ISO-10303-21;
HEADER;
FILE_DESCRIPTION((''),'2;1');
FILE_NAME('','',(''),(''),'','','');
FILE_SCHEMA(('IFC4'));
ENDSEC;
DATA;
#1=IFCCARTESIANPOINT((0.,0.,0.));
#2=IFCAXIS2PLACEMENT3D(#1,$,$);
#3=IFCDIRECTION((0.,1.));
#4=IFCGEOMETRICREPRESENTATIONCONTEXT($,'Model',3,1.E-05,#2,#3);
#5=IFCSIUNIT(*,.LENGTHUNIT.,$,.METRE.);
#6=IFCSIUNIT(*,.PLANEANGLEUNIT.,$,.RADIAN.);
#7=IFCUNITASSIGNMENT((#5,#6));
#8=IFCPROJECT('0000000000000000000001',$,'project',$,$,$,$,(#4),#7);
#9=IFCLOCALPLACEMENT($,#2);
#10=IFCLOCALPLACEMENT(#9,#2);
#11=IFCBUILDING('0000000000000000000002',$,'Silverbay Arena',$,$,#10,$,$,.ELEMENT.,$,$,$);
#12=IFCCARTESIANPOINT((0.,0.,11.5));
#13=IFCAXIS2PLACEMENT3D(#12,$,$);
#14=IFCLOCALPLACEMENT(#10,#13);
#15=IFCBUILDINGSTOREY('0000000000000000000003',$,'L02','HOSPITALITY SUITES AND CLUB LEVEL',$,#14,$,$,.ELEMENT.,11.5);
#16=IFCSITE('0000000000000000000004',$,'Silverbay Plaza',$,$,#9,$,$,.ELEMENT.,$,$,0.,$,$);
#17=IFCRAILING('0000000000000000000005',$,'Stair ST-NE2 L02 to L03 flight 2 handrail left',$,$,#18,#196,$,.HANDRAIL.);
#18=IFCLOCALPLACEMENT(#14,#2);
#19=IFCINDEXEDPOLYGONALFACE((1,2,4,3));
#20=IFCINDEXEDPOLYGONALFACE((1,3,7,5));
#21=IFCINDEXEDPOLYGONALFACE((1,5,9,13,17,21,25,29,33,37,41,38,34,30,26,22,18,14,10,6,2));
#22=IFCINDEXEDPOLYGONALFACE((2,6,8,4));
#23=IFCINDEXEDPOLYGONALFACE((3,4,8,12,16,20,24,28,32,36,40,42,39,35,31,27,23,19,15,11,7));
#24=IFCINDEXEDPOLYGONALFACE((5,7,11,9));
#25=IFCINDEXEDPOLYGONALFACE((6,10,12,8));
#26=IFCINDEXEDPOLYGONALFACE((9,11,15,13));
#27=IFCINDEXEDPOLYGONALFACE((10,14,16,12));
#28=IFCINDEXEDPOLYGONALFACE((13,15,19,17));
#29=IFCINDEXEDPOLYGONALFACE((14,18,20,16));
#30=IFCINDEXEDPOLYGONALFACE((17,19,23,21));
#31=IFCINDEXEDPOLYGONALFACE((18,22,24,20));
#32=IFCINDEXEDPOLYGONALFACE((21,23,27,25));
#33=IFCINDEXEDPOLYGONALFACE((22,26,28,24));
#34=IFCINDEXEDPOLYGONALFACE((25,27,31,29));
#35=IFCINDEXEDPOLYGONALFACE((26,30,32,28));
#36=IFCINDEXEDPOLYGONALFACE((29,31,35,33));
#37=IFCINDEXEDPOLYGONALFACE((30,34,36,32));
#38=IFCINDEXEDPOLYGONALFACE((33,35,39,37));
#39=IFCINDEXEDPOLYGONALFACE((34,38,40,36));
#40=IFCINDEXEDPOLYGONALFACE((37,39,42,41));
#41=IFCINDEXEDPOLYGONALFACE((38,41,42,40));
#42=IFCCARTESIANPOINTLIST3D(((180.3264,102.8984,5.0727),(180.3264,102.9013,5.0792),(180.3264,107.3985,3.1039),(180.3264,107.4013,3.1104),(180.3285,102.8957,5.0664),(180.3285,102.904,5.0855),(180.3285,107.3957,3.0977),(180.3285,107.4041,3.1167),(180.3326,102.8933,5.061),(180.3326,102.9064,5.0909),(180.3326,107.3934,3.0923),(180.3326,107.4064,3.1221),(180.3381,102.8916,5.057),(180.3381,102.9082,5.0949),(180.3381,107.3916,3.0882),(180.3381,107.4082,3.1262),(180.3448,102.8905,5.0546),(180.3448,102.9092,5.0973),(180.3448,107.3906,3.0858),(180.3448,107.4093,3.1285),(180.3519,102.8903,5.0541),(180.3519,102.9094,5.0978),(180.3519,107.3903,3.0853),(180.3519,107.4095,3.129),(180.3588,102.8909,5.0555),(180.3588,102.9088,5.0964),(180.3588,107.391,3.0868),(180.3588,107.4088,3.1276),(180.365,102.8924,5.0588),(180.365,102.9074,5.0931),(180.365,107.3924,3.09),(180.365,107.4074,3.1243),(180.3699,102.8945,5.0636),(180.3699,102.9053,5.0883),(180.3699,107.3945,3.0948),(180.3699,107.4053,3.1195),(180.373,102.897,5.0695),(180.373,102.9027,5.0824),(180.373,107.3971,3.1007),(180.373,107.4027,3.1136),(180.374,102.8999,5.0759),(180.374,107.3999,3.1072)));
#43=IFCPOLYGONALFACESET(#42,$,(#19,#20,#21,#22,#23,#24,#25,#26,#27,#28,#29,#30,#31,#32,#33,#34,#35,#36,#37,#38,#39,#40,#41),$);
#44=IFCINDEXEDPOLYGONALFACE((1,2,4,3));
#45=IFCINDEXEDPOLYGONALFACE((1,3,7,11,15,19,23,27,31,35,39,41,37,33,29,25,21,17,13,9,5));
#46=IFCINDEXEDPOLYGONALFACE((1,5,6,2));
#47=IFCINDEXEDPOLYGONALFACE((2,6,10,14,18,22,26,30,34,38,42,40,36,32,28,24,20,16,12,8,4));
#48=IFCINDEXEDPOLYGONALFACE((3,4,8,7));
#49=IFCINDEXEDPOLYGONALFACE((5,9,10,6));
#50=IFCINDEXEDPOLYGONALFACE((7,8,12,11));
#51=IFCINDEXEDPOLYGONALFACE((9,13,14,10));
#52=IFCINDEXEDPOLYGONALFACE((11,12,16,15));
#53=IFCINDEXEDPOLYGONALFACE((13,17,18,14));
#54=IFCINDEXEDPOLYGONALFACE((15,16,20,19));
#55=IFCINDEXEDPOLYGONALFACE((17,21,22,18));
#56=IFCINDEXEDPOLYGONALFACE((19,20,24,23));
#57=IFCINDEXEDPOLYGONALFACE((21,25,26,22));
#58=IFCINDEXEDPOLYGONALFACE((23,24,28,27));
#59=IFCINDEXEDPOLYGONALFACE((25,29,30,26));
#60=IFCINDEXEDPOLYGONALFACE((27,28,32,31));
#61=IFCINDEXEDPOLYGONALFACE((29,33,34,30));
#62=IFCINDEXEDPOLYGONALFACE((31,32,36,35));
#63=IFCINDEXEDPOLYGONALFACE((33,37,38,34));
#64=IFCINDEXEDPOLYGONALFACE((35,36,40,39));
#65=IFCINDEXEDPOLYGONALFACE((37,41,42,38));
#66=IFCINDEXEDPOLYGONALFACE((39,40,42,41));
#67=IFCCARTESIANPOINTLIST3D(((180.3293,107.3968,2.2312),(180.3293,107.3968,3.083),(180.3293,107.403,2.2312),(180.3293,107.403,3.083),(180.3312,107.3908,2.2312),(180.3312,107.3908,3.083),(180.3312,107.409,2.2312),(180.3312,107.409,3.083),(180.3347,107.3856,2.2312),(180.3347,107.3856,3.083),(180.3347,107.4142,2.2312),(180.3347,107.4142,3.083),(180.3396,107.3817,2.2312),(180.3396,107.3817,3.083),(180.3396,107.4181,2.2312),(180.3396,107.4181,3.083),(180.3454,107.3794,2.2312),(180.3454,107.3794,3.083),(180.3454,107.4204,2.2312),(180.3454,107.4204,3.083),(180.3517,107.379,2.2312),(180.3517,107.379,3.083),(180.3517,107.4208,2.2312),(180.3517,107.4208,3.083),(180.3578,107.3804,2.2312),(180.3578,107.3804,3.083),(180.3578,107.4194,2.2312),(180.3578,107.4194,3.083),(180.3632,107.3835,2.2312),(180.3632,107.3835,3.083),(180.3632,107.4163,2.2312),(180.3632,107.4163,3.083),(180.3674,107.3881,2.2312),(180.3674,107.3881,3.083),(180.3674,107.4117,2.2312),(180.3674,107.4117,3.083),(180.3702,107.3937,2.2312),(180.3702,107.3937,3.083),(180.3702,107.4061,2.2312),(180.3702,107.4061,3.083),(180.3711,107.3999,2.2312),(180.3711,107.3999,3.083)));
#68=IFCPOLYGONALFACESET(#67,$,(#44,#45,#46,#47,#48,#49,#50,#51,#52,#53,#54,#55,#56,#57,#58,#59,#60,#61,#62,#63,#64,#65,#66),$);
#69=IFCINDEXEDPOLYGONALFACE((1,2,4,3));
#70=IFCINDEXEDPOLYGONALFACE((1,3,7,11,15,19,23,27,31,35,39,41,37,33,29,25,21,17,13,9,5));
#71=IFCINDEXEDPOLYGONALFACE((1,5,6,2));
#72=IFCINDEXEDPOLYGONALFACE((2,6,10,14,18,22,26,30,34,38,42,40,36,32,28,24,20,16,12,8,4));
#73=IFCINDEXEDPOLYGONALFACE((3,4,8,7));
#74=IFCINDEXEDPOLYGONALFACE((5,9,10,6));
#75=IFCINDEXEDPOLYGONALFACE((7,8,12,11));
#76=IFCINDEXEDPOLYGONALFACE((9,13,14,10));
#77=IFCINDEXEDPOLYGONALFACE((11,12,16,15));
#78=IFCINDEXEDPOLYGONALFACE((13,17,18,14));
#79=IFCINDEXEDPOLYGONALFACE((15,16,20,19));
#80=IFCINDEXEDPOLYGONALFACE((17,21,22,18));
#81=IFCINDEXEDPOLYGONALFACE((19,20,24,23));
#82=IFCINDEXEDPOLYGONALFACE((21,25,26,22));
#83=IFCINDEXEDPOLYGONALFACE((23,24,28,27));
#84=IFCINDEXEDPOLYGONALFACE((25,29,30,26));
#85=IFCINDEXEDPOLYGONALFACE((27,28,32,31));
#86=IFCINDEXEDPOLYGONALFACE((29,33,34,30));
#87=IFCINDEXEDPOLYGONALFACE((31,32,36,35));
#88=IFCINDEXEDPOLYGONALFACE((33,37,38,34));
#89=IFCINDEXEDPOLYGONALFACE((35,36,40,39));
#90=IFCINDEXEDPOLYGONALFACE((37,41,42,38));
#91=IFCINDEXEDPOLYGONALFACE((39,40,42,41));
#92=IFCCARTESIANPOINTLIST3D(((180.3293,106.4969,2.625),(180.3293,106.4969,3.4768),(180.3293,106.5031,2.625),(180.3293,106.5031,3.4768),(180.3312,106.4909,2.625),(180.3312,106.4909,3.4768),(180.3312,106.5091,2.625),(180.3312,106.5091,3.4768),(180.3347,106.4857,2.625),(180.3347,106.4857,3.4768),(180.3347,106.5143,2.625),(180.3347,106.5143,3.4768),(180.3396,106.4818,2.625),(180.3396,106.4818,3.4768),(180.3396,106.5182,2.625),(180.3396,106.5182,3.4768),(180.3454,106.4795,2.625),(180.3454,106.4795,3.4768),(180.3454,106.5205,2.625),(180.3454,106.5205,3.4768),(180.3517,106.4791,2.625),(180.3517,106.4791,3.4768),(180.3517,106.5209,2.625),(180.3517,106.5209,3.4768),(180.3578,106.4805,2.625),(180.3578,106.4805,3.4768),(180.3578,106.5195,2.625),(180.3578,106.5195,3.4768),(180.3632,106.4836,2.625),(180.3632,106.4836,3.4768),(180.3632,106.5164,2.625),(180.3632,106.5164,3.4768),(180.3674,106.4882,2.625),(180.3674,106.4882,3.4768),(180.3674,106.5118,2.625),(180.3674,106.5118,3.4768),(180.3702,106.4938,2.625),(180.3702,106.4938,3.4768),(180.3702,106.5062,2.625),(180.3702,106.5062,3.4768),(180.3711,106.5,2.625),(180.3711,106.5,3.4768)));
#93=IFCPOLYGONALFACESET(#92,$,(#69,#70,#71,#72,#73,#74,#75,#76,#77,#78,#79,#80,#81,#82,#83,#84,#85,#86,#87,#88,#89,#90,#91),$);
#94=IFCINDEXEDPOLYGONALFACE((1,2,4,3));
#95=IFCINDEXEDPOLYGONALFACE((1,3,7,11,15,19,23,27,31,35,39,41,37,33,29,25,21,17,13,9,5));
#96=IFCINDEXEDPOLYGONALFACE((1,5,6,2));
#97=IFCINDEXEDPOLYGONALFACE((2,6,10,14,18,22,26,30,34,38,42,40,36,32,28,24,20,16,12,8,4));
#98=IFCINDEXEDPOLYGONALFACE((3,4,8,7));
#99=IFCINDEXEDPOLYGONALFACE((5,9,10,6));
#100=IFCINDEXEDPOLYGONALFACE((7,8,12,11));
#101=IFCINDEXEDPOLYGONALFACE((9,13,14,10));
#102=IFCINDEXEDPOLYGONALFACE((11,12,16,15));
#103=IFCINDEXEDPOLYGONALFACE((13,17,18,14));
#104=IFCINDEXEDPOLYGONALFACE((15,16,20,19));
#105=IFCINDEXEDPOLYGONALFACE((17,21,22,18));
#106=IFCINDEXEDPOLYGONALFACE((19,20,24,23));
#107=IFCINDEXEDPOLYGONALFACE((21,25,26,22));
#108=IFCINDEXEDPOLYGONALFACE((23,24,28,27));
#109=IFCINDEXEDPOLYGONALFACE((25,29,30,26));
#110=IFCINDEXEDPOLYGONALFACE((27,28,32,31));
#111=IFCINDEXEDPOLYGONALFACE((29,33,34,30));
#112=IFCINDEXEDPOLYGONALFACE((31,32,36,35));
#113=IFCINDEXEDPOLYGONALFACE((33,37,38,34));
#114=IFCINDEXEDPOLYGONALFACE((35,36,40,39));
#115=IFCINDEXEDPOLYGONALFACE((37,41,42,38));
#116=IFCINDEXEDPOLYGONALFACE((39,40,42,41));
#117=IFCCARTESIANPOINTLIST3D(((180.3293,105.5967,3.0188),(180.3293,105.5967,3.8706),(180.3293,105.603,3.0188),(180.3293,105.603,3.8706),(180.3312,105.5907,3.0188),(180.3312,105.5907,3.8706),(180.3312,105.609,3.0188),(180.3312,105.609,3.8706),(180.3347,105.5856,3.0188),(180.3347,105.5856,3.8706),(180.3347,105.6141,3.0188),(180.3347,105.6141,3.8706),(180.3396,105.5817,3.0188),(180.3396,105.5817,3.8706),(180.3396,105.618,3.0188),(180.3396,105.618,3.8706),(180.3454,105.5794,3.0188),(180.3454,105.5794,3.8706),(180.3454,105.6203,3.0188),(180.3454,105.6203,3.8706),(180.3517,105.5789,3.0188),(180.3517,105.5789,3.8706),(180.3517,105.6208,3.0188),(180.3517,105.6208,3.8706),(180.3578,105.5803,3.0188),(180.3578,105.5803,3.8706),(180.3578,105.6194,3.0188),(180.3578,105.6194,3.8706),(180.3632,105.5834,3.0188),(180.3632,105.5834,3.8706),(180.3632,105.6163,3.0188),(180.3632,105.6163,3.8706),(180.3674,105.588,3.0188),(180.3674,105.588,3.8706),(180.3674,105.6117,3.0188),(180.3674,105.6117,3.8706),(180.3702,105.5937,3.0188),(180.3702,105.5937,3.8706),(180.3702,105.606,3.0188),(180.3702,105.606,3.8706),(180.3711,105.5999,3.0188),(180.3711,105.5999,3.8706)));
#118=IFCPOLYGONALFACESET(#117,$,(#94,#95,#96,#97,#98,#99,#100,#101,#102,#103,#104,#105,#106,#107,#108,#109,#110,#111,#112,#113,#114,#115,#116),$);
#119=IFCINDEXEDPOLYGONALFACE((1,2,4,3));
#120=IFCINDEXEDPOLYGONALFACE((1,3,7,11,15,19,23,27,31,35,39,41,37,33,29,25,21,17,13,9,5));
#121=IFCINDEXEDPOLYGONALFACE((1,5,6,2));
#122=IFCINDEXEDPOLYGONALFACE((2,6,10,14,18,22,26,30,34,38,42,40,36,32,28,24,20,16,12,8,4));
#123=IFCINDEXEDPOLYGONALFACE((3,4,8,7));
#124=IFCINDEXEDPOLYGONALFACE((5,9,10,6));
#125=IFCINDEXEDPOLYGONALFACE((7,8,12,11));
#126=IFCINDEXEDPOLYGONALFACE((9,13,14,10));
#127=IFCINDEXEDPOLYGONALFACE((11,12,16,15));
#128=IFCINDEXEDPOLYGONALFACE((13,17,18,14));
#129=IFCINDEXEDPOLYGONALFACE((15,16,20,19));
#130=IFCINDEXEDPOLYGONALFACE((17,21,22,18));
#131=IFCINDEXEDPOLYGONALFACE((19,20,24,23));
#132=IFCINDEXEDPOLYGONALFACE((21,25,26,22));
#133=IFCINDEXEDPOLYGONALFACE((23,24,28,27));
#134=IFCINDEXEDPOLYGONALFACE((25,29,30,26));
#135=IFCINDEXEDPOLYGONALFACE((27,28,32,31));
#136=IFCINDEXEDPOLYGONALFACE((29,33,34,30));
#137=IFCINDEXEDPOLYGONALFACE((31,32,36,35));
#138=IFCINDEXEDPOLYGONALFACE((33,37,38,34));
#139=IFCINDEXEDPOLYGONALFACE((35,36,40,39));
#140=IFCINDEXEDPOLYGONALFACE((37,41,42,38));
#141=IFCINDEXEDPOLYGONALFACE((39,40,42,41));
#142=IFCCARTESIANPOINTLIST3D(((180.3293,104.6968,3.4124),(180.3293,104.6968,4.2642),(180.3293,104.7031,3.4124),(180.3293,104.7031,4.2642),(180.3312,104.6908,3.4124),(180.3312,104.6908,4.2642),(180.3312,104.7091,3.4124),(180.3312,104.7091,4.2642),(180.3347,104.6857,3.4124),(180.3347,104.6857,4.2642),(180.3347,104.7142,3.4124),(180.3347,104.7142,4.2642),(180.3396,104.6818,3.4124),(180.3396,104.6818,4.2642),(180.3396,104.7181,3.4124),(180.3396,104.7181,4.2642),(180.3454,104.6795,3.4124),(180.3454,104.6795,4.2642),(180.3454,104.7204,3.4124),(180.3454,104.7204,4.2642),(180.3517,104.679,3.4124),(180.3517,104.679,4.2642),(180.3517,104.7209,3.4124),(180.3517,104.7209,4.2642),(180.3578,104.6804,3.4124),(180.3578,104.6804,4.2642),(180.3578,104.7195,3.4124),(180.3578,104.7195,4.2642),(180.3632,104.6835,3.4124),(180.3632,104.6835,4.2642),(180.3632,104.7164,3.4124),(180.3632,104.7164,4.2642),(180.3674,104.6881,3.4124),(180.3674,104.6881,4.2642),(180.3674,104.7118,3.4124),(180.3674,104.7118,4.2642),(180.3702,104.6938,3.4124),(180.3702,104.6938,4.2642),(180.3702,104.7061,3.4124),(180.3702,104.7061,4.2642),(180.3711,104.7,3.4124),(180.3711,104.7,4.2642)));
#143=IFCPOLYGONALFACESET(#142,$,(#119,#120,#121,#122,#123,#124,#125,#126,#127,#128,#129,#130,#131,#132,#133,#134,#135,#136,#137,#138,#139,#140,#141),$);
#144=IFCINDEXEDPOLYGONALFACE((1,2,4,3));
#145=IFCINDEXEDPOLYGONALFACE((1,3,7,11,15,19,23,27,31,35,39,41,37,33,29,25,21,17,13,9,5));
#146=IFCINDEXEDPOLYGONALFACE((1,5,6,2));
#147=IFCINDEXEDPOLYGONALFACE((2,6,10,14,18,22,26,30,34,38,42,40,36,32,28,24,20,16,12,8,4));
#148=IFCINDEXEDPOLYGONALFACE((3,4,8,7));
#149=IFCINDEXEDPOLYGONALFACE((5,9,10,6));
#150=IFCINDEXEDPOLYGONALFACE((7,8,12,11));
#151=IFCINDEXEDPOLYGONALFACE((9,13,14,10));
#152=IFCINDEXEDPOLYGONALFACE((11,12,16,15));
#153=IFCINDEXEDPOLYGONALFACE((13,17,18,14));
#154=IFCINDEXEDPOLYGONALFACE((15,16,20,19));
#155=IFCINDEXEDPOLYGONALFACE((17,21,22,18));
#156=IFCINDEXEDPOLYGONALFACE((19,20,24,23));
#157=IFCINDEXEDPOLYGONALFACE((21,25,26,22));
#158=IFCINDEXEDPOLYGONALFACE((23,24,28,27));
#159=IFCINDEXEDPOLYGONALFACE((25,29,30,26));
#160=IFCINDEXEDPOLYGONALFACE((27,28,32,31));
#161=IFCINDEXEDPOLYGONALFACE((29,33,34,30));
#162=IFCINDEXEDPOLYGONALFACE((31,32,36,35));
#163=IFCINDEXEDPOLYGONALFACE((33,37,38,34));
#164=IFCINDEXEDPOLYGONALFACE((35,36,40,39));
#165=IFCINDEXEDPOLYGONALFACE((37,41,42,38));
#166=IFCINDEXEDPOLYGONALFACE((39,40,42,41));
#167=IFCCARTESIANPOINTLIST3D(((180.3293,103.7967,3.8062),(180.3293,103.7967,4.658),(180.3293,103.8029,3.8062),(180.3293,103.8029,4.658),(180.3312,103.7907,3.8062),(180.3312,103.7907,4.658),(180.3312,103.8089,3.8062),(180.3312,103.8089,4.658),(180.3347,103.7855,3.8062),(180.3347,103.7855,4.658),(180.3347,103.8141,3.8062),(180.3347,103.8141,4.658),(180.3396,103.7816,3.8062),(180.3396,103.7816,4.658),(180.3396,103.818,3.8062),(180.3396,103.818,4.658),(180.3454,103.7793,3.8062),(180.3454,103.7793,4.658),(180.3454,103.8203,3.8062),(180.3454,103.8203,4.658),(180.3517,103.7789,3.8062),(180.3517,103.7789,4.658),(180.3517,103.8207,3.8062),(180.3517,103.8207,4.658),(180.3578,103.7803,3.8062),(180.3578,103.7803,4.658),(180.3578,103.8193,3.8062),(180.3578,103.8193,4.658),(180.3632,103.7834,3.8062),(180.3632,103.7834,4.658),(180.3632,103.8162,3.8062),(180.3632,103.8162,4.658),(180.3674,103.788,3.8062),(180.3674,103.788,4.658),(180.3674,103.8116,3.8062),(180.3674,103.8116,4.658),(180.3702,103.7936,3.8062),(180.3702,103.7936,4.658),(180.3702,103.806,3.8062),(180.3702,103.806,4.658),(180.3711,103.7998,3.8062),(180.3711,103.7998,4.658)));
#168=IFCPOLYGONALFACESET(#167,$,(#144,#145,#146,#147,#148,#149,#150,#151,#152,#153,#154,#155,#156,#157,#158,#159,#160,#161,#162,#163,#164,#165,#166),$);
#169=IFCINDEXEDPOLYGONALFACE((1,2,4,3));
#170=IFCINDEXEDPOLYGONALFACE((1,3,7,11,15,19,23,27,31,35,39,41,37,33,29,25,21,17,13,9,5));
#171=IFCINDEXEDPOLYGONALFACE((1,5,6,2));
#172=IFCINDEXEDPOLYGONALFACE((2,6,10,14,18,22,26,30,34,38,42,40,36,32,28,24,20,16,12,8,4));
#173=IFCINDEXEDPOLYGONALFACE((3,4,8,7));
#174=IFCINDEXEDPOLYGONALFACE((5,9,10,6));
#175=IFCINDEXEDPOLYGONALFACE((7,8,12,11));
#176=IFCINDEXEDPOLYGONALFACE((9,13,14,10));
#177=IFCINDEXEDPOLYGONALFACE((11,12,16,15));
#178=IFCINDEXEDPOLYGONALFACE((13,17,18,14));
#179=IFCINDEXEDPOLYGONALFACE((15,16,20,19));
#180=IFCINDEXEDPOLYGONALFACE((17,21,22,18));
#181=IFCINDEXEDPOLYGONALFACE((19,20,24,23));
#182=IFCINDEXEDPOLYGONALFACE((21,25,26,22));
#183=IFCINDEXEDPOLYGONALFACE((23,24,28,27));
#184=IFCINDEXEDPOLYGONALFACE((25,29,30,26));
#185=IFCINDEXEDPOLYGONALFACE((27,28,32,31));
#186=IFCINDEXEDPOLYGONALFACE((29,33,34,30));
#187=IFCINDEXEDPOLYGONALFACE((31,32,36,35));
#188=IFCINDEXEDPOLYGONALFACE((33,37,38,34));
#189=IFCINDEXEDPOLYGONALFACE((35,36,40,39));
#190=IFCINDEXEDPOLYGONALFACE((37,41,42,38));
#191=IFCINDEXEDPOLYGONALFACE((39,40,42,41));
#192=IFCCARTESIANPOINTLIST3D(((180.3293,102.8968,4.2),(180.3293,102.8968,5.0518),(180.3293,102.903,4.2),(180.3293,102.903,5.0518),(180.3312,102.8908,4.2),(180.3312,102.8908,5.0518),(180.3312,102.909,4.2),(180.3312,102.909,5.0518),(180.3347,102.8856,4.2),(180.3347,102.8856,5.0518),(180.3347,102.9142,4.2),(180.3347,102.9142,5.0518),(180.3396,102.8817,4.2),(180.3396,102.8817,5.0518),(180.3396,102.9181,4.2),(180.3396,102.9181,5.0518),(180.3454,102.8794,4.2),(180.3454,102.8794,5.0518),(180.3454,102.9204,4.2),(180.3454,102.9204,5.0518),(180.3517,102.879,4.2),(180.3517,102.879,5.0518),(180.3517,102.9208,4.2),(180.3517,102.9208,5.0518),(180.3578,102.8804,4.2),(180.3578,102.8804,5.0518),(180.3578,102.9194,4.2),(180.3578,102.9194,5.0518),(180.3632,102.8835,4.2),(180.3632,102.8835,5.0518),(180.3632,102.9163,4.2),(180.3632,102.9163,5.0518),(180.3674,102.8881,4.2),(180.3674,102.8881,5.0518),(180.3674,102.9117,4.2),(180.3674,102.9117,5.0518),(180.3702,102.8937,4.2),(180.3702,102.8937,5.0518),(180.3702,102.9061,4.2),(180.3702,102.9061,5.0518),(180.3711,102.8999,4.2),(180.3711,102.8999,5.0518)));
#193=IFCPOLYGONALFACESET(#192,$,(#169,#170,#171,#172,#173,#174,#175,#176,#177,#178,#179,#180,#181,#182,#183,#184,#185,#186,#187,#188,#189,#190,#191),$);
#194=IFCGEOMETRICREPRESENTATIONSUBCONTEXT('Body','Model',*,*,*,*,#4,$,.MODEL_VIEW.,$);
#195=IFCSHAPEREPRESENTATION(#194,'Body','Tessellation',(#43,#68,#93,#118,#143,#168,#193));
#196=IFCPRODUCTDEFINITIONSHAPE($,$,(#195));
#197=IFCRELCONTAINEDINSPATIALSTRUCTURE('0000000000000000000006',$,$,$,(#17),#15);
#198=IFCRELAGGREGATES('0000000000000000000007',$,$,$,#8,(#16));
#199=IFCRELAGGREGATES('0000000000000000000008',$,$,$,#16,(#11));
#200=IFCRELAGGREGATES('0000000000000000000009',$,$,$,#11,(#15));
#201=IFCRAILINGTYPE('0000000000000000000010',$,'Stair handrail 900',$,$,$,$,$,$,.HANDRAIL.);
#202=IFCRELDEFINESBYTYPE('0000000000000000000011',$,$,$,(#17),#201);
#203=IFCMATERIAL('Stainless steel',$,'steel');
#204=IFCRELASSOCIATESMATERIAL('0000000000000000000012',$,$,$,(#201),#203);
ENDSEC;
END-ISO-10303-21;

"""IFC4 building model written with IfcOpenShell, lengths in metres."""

from ifc_helpers import new_model, si_unit, direction, frame, origin, origin_2d, place, context, subcontext, project, spatial, circle, extrude, material, type_object, element, save


model = new_model("IFC4")

# Units and contexts
model_context = context("Model", 3, precision=1e-05, world=origin(), true_north=direction((0.0, 1.0)))
body_context = subcontext(model_context, "Body", "Model", "MODEL_VIEW")
ifc_project = project(units=[si_unit("LENGTHUNIT", "METRE"), si_unit("PLANEANGLEUNIT", "RADIAN")], contexts=[model_context])

# Site, building, storey
site_placement = place(None, origin())
site = spatial("IfcSite", under=ifc_project, at=site_placement, Name="Silverbay Plaza", CompositionType="ELEMENT", RefElevation=0.0)
building_placement = place(site_placement, origin())
building = spatial("IfcBuilding", under=site, at=building_placement, Name="Silverbay Arena", CompositionType="ELEMENT")
storey_placement = place(building_placement, frame((0.0, 0.0, 11.5)))
storey = spatial("IfcBuildingStorey", under=building, at=storey_placement, Name="L02", Description="HOSPITALITY SUITES AND CLUB LEVEL", CompositionType="ELEMENT", Elevation=11.5)

# Railing
ifc_material_1 = material(Name="Stainless steel", Category="steel")
railing_type_1 = type_object("IfcRailingType", Name="Stair handrail 900", PredefinedType="HANDRAIL", material=ifc_material_1)
for number, where, name in (
    (1, (180.3501, 107.3999, 2.2312), "Stair ST-NE2 L02 to L03 flight 2 handrail left"),
):
    element("IfcRailing", number, at=place(storey_placement, frame(where)), inside=storey, type_object=railing_type_1, Name=name, PredefinedType="HANDRAIL", context=body_context, shape_type="SweptSolid", body=[
        extrude(circle(Radius=0.0239, at=origin_2d()), frame((0.0, 0.0, 0.876), z_axis=(0.0, -0.916157, 0.400819), x_axis=(1.0, 0.0, 0.0)), (0.0, 0.0, 1.0), 4.9119),
        extrude(circle(Radius=0.021, at=origin_2d()), origin(), (0.0, 0.0, 1.0), 0.8518),
        extrude(circle(Radius=0.021, at=origin_2d()), frame((0.0, -0.8999, 0.3938)), (0.0, 0.0, 1.0), 0.8518),
        extrude(circle(Radius=0.021, at=origin_2d()), frame((0.0, -1.8, 0.7876)), (0.0, 0.0, 1.0), 0.8518),
        extrude(circle(Radius=0.021, at=origin_2d()), frame((0.0, -2.7, 1.1812)), (0.0, 0.0, 1.0), 0.8518),
        extrude(circle(Radius=0.021, at=origin_2d()), frame((0.0, -3.6001, 1.575)), (0.0, 0.0, 1.0), 0.8518),
        extrude(circle(Radius=0.021, at=origin_2d()), frame((0.0, -4.5, 1.9688)), (0.0, 0.0, 1.0), 0.8518),
    ])

save(model, "model.ifc")
